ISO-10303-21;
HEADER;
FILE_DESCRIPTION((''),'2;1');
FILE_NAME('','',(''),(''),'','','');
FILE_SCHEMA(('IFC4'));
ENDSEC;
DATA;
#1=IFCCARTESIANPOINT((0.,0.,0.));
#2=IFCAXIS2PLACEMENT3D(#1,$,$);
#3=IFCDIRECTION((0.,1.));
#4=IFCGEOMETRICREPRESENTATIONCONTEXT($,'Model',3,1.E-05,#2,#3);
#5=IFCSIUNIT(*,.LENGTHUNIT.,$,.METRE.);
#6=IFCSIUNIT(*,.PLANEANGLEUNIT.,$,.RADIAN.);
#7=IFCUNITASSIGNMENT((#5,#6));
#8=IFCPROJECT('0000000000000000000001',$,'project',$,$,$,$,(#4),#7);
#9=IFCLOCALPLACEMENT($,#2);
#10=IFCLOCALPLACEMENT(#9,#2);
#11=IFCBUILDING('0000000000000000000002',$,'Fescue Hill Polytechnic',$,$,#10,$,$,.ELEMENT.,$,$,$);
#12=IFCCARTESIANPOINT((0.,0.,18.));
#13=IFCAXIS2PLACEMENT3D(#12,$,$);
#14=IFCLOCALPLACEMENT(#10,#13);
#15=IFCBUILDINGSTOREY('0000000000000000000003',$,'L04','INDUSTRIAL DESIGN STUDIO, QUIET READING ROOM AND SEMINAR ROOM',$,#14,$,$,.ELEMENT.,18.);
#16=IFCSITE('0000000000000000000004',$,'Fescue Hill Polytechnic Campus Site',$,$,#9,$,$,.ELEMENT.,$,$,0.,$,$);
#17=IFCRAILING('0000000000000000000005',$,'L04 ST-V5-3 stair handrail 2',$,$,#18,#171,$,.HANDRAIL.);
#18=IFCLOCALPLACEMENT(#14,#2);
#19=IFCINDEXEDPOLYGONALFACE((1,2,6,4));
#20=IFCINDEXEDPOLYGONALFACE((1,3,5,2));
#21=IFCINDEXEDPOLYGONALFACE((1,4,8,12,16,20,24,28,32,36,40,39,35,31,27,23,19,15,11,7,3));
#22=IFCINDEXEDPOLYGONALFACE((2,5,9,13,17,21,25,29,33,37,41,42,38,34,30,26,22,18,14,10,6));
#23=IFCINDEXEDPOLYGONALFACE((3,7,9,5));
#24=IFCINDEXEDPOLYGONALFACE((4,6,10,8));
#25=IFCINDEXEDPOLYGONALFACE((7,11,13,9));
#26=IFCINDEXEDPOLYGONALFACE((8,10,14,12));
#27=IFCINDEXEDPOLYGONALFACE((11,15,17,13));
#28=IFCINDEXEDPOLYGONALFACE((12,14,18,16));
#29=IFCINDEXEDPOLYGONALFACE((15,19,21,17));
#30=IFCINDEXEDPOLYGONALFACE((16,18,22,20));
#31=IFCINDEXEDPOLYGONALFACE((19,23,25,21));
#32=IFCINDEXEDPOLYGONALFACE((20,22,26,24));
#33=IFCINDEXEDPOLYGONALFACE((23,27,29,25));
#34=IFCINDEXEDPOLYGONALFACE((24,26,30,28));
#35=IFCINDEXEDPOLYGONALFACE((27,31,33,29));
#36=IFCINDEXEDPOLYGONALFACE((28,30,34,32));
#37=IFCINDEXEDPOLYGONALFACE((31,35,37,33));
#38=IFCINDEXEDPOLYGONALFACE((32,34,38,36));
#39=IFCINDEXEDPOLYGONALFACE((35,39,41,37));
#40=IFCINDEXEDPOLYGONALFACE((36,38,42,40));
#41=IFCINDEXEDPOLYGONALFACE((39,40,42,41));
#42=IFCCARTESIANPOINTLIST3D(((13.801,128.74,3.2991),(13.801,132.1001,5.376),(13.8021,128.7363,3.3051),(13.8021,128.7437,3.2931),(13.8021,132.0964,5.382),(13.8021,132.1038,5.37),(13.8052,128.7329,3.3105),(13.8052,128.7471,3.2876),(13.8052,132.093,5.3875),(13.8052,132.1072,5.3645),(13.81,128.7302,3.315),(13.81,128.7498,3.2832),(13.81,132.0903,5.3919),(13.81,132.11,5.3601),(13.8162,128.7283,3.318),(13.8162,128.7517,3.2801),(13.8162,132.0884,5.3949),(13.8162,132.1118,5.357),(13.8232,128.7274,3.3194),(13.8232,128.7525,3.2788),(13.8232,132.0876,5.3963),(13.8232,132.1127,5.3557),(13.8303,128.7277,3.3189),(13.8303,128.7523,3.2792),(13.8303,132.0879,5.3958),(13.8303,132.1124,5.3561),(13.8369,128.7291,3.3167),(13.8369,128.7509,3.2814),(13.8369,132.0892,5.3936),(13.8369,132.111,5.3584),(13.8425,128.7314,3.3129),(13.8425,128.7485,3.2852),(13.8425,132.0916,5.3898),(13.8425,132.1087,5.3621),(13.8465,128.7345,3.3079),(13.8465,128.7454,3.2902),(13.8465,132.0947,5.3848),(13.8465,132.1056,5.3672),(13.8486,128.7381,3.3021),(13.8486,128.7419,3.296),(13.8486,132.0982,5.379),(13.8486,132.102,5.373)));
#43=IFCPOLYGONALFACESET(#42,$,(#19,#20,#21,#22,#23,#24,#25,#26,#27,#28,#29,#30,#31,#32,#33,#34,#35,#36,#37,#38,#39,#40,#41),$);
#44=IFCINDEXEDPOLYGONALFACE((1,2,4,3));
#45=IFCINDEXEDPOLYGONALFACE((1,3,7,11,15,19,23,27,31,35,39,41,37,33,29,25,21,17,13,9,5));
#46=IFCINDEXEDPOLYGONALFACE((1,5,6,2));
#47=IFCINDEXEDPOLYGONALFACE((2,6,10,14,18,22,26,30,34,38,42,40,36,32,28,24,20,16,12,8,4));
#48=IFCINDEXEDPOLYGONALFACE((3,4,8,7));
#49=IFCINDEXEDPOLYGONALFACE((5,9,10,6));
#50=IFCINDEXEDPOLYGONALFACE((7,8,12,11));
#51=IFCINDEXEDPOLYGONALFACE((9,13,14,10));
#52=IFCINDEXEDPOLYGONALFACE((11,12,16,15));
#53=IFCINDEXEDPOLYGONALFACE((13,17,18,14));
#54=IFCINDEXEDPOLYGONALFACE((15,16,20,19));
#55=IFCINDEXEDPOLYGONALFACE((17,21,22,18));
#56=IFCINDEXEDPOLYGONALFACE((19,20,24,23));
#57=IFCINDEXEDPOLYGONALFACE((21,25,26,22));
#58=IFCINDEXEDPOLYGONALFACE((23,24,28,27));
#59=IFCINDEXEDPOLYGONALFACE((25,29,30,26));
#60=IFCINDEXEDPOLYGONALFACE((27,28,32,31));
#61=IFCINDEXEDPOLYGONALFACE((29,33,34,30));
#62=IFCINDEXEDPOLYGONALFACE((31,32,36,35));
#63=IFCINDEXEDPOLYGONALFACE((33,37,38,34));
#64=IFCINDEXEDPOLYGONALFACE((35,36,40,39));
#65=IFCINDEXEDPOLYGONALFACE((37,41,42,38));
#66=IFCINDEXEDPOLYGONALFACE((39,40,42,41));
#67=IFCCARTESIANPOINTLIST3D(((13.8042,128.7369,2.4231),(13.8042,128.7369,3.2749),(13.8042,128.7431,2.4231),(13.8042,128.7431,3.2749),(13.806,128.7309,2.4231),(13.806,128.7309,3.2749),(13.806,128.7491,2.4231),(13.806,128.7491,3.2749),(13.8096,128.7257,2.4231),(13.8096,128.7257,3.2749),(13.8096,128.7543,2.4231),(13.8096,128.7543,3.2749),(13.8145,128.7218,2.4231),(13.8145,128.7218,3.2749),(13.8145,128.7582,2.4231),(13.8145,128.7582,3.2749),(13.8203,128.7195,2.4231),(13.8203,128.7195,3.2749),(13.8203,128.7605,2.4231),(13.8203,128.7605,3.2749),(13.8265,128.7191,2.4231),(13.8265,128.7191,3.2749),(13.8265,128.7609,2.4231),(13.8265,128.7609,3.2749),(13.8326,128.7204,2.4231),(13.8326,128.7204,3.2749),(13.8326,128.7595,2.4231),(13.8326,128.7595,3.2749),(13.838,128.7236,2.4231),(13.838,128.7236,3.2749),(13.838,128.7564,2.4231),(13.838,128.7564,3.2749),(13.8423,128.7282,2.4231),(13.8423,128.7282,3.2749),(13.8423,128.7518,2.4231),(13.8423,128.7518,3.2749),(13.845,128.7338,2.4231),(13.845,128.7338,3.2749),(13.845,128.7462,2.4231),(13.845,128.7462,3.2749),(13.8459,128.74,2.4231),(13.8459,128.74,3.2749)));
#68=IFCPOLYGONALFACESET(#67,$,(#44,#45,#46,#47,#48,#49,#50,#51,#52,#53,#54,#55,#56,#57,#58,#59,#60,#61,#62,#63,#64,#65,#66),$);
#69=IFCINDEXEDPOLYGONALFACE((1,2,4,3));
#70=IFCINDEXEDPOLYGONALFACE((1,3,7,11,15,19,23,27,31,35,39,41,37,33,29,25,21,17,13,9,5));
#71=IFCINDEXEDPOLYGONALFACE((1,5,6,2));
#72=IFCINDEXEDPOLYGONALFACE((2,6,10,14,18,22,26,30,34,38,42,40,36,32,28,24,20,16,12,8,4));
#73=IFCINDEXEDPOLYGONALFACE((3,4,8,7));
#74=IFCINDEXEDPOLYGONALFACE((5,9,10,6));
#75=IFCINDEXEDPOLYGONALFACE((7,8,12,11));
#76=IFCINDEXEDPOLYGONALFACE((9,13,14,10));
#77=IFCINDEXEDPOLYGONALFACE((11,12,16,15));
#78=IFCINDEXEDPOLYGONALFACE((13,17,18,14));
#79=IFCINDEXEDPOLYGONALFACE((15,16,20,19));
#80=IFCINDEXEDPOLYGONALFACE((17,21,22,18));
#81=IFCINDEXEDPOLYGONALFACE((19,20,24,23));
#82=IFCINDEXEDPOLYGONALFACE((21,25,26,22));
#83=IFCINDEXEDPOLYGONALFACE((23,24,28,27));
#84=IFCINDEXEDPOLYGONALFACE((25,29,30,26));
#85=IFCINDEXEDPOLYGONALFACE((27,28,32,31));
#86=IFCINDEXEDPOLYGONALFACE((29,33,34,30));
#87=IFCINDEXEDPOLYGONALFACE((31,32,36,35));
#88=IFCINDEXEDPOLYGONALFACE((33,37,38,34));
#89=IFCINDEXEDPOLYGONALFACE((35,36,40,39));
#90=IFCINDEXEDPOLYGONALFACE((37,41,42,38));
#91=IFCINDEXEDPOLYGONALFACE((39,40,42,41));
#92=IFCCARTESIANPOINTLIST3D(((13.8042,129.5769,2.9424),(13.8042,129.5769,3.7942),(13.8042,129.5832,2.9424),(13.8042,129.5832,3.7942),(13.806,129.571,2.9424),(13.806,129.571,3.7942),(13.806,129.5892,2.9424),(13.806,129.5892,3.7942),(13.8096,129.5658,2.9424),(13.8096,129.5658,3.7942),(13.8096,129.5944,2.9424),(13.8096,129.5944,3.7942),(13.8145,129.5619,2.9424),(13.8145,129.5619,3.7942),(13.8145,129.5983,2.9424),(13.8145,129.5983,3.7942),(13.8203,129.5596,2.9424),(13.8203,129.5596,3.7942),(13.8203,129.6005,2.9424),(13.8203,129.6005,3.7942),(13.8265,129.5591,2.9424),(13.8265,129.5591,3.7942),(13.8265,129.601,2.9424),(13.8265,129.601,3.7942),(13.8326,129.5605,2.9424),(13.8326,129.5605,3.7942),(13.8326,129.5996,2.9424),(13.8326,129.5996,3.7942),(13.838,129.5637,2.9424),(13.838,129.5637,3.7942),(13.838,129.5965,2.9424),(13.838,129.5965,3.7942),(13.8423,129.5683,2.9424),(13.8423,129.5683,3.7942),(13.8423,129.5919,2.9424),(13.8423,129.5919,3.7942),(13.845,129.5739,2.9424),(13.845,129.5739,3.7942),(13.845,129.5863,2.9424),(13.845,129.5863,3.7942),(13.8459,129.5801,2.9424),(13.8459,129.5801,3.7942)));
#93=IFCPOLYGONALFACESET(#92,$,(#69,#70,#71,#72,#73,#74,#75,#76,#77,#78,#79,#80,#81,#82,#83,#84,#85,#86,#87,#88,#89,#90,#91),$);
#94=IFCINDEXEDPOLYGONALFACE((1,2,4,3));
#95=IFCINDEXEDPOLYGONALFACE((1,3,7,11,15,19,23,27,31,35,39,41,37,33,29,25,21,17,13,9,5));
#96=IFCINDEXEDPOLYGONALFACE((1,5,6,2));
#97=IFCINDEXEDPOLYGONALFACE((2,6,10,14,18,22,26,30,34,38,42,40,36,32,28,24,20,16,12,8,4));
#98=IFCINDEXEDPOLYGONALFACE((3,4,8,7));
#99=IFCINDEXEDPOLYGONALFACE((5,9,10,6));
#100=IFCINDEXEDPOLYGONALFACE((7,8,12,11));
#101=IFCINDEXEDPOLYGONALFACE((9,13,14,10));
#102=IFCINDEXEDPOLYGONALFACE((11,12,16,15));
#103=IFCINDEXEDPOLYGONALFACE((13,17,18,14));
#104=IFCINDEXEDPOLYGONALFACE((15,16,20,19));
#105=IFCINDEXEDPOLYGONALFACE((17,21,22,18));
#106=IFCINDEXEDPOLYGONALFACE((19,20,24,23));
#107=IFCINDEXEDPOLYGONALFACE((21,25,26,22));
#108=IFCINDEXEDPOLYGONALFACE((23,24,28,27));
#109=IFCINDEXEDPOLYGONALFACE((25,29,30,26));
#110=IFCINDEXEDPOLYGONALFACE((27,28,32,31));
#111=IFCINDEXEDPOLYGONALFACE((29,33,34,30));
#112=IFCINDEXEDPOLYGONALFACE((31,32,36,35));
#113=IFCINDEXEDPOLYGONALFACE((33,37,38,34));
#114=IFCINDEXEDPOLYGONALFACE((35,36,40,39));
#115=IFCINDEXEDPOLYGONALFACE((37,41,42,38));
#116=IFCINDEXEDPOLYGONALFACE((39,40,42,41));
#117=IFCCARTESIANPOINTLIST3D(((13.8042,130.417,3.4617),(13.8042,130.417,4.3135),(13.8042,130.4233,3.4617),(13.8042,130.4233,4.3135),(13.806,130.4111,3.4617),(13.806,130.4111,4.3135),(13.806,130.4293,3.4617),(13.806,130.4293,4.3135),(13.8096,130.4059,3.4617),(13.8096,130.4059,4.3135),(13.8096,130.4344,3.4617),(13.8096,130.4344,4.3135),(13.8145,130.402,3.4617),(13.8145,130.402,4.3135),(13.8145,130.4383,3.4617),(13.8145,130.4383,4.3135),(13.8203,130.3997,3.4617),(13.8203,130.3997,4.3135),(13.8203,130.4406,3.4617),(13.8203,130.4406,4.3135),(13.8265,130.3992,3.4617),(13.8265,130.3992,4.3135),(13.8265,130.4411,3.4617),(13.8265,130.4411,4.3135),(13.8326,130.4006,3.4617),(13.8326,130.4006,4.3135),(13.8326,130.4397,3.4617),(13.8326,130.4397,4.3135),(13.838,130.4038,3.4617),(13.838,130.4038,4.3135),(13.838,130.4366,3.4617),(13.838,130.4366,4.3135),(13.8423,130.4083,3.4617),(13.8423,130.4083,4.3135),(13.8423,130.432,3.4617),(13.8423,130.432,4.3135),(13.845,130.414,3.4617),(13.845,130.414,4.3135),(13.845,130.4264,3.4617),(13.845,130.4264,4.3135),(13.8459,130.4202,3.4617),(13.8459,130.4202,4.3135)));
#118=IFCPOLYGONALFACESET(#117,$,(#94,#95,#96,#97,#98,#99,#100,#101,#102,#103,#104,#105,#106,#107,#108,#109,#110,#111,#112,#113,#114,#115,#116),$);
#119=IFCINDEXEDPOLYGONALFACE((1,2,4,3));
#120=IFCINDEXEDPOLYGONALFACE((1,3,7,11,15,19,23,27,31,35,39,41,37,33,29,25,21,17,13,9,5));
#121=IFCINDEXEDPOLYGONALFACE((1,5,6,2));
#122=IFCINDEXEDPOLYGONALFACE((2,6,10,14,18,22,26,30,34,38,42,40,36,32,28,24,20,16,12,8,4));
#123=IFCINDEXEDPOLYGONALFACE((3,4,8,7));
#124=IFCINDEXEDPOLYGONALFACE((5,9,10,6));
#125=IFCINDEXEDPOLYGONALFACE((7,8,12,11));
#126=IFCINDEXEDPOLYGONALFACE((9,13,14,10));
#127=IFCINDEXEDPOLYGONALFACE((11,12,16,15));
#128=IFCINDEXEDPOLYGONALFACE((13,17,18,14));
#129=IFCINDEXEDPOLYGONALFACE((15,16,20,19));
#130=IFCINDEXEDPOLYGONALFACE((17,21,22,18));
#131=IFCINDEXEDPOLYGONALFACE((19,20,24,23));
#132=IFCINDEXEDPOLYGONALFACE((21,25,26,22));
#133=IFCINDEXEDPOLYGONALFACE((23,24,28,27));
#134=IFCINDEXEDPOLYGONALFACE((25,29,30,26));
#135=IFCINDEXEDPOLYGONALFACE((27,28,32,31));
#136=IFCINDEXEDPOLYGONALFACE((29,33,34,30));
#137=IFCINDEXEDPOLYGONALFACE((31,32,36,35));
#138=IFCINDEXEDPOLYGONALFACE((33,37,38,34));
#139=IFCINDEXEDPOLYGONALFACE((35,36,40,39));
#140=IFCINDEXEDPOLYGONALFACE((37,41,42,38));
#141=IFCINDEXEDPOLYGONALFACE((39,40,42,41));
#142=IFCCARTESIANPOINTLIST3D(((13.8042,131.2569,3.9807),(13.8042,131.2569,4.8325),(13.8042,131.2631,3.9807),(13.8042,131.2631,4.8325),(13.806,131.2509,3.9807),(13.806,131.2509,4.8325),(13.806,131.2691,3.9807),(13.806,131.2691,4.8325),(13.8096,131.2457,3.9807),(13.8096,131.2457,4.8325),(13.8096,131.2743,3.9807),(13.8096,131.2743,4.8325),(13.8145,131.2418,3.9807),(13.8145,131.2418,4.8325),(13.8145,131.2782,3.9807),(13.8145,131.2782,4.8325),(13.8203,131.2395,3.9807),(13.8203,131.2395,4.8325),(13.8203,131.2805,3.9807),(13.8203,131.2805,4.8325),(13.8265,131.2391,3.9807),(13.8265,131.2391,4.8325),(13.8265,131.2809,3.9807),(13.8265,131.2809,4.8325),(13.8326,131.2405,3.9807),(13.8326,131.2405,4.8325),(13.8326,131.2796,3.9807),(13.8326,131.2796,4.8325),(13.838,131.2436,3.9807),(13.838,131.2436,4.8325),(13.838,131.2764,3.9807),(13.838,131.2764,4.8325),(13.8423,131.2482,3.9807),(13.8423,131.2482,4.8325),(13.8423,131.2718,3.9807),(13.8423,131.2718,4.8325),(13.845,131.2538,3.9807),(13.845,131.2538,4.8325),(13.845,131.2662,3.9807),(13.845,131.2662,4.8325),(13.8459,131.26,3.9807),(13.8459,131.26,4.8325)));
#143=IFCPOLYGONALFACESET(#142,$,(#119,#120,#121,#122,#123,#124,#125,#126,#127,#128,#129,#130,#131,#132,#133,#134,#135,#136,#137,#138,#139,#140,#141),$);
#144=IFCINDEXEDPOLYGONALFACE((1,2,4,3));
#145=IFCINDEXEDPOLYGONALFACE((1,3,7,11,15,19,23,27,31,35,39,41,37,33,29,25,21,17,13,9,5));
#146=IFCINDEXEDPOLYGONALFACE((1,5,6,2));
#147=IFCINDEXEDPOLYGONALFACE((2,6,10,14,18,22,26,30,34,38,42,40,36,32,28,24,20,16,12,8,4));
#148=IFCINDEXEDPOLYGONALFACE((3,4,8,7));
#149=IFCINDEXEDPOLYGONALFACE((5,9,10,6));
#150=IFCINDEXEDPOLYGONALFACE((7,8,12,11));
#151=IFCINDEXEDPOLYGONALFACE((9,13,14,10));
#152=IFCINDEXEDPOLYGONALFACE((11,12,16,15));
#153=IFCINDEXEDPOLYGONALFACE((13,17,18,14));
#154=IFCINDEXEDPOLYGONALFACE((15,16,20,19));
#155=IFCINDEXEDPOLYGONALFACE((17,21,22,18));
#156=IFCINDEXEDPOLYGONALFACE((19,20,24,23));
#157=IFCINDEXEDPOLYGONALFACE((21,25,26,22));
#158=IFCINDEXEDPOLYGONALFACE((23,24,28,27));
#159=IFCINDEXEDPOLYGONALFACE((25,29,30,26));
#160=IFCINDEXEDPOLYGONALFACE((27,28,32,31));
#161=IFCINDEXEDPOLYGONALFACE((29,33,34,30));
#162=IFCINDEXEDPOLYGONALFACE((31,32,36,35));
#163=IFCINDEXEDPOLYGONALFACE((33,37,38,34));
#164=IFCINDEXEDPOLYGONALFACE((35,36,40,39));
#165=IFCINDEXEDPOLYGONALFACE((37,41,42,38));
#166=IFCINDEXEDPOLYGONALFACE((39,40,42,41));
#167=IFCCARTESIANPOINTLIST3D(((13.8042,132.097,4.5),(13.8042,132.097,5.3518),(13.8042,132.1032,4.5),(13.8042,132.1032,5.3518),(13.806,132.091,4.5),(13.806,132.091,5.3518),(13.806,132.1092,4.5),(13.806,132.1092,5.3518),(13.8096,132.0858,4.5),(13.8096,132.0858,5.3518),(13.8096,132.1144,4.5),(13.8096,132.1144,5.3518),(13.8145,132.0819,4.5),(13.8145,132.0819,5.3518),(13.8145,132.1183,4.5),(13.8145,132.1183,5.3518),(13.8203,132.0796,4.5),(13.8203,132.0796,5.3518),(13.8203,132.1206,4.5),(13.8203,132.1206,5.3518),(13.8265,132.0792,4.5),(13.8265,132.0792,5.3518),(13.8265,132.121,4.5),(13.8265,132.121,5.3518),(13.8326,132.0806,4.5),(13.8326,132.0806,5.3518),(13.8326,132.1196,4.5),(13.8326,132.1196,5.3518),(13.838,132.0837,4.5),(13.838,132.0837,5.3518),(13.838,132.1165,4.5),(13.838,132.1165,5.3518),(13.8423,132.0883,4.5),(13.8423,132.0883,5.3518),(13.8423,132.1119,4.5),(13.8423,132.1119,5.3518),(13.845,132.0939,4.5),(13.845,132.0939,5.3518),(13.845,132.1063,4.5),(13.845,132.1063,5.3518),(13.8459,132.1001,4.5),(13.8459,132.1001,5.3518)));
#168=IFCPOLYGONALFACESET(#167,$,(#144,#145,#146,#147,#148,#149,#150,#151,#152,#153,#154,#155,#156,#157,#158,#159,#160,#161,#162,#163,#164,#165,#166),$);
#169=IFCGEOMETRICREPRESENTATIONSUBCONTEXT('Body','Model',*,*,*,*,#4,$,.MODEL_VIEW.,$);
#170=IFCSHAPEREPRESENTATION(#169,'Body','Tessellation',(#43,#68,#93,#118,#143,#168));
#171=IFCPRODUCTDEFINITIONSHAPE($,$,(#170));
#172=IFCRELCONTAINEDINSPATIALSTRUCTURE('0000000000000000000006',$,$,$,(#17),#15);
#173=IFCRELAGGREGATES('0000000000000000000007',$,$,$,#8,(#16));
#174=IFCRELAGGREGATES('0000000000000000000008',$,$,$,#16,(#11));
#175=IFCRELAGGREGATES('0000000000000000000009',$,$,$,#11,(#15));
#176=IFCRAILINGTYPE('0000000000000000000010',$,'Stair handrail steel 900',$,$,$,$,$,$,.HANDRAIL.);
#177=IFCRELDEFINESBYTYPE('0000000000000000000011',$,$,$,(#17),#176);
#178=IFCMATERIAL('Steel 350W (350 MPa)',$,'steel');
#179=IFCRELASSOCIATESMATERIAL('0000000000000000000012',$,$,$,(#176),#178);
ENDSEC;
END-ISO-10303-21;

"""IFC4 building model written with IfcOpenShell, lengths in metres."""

from ifc_helpers import new_model, si_unit, direction, frame, origin, origin_2d, place, context, subcontext, project, spatial, circle, extrude, material, type_object, element, save


model = new_model("IFC4")

# Units and contexts
model_context = context("Model", 3, precision=1e-05, world=origin(), true_north=direction((0.0, 1.0)))
body_context = subcontext(model_context, "Body", "Model", "MODEL_VIEW")
ifc_project = project(units=[si_unit("LENGTHUNIT", "METRE"), si_unit("PLANEANGLEUNIT", "RADIAN")], contexts=[model_context])

# Site, building, storey
site_placement = place(None, origin())
site = spatial("IfcSite", under=ifc_project, at=site_placement, Name="Fescue Hill Polytechnic Campus Site", CompositionType="ELEMENT", RefElevation=0.0)
building_placement = place(site_placement, origin())
building = spatial("IfcBuilding", under=site, at=building_placement, Name="Fescue Hill Polytechnic", CompositionType="ELEMENT")
storey_placement = place(building_placement, frame((0.0, 0.0, 18.0)))
storey = spatial("IfcBuildingStorey", under=building, at=storey_placement, Name="L04", Description="INDUSTRIAL DESIGN STUDIO, QUIET READING ROOM AND SEMINAR ROOM", CompositionType="ELEMENT", Elevation=18.0)

# Railing
ifc_material_1 = material(Name="Steel 350W (350 MPa)", Category="steel")
railing_type_1 = type_object("IfcRailingType", Name="Stair handrail steel 900", PredefinedType="HANDRAIL", material=ifc_material_1)
railing_1_placement = place(storey_placement, frame((13.825, 128.74, 2.4231)))
element("IfcRailing", 1, at=railing_1_placement, inside=storey, type_object=railing_type_1, Name="L04 ST-V5-3 stair handrail 2", PredefinedType="HANDRAIL", context=body_context, shape_type="SweptSolid", body=[
    extrude(circle(Radius=0.0239, at=origin_2d()), frame((0.0, 0.0, 0.876), z_axis=(0.0, 0.850623, 0.525776), x_axis=(-1.0, 0.0, 0.0)), (0.0, 0.0, 1.0), 3.9502),
    extrude(circle(Radius=0.021, at=origin_2d()), origin(), (0.0, 0.0, 1.0), 0.8518),
    extrude(circle(Radius=0.021, at=origin_2d()), frame((0.0, 0.8401, 0.5193)), (0.0, 0.0, 1.0), 0.8518),
    extrude(circle(Radius=0.021, at=origin_2d()), frame((0.0, 1.6802, 1.0386)), (0.0, 0.0, 1.0), 0.8518),
    extrude(circle(Radius=0.021, at=origin_2d()), frame((0.0, 2.52, 1.5576)), (0.0, 0.0, 1.0), 0.8518),
    extrude(circle(Radius=0.021, at=origin_2d()), frame((0.0, 3.3601, 2.0769)), (0.0, 0.0, 1.0), 0.8518),
])

save(model, "model.ifc")
